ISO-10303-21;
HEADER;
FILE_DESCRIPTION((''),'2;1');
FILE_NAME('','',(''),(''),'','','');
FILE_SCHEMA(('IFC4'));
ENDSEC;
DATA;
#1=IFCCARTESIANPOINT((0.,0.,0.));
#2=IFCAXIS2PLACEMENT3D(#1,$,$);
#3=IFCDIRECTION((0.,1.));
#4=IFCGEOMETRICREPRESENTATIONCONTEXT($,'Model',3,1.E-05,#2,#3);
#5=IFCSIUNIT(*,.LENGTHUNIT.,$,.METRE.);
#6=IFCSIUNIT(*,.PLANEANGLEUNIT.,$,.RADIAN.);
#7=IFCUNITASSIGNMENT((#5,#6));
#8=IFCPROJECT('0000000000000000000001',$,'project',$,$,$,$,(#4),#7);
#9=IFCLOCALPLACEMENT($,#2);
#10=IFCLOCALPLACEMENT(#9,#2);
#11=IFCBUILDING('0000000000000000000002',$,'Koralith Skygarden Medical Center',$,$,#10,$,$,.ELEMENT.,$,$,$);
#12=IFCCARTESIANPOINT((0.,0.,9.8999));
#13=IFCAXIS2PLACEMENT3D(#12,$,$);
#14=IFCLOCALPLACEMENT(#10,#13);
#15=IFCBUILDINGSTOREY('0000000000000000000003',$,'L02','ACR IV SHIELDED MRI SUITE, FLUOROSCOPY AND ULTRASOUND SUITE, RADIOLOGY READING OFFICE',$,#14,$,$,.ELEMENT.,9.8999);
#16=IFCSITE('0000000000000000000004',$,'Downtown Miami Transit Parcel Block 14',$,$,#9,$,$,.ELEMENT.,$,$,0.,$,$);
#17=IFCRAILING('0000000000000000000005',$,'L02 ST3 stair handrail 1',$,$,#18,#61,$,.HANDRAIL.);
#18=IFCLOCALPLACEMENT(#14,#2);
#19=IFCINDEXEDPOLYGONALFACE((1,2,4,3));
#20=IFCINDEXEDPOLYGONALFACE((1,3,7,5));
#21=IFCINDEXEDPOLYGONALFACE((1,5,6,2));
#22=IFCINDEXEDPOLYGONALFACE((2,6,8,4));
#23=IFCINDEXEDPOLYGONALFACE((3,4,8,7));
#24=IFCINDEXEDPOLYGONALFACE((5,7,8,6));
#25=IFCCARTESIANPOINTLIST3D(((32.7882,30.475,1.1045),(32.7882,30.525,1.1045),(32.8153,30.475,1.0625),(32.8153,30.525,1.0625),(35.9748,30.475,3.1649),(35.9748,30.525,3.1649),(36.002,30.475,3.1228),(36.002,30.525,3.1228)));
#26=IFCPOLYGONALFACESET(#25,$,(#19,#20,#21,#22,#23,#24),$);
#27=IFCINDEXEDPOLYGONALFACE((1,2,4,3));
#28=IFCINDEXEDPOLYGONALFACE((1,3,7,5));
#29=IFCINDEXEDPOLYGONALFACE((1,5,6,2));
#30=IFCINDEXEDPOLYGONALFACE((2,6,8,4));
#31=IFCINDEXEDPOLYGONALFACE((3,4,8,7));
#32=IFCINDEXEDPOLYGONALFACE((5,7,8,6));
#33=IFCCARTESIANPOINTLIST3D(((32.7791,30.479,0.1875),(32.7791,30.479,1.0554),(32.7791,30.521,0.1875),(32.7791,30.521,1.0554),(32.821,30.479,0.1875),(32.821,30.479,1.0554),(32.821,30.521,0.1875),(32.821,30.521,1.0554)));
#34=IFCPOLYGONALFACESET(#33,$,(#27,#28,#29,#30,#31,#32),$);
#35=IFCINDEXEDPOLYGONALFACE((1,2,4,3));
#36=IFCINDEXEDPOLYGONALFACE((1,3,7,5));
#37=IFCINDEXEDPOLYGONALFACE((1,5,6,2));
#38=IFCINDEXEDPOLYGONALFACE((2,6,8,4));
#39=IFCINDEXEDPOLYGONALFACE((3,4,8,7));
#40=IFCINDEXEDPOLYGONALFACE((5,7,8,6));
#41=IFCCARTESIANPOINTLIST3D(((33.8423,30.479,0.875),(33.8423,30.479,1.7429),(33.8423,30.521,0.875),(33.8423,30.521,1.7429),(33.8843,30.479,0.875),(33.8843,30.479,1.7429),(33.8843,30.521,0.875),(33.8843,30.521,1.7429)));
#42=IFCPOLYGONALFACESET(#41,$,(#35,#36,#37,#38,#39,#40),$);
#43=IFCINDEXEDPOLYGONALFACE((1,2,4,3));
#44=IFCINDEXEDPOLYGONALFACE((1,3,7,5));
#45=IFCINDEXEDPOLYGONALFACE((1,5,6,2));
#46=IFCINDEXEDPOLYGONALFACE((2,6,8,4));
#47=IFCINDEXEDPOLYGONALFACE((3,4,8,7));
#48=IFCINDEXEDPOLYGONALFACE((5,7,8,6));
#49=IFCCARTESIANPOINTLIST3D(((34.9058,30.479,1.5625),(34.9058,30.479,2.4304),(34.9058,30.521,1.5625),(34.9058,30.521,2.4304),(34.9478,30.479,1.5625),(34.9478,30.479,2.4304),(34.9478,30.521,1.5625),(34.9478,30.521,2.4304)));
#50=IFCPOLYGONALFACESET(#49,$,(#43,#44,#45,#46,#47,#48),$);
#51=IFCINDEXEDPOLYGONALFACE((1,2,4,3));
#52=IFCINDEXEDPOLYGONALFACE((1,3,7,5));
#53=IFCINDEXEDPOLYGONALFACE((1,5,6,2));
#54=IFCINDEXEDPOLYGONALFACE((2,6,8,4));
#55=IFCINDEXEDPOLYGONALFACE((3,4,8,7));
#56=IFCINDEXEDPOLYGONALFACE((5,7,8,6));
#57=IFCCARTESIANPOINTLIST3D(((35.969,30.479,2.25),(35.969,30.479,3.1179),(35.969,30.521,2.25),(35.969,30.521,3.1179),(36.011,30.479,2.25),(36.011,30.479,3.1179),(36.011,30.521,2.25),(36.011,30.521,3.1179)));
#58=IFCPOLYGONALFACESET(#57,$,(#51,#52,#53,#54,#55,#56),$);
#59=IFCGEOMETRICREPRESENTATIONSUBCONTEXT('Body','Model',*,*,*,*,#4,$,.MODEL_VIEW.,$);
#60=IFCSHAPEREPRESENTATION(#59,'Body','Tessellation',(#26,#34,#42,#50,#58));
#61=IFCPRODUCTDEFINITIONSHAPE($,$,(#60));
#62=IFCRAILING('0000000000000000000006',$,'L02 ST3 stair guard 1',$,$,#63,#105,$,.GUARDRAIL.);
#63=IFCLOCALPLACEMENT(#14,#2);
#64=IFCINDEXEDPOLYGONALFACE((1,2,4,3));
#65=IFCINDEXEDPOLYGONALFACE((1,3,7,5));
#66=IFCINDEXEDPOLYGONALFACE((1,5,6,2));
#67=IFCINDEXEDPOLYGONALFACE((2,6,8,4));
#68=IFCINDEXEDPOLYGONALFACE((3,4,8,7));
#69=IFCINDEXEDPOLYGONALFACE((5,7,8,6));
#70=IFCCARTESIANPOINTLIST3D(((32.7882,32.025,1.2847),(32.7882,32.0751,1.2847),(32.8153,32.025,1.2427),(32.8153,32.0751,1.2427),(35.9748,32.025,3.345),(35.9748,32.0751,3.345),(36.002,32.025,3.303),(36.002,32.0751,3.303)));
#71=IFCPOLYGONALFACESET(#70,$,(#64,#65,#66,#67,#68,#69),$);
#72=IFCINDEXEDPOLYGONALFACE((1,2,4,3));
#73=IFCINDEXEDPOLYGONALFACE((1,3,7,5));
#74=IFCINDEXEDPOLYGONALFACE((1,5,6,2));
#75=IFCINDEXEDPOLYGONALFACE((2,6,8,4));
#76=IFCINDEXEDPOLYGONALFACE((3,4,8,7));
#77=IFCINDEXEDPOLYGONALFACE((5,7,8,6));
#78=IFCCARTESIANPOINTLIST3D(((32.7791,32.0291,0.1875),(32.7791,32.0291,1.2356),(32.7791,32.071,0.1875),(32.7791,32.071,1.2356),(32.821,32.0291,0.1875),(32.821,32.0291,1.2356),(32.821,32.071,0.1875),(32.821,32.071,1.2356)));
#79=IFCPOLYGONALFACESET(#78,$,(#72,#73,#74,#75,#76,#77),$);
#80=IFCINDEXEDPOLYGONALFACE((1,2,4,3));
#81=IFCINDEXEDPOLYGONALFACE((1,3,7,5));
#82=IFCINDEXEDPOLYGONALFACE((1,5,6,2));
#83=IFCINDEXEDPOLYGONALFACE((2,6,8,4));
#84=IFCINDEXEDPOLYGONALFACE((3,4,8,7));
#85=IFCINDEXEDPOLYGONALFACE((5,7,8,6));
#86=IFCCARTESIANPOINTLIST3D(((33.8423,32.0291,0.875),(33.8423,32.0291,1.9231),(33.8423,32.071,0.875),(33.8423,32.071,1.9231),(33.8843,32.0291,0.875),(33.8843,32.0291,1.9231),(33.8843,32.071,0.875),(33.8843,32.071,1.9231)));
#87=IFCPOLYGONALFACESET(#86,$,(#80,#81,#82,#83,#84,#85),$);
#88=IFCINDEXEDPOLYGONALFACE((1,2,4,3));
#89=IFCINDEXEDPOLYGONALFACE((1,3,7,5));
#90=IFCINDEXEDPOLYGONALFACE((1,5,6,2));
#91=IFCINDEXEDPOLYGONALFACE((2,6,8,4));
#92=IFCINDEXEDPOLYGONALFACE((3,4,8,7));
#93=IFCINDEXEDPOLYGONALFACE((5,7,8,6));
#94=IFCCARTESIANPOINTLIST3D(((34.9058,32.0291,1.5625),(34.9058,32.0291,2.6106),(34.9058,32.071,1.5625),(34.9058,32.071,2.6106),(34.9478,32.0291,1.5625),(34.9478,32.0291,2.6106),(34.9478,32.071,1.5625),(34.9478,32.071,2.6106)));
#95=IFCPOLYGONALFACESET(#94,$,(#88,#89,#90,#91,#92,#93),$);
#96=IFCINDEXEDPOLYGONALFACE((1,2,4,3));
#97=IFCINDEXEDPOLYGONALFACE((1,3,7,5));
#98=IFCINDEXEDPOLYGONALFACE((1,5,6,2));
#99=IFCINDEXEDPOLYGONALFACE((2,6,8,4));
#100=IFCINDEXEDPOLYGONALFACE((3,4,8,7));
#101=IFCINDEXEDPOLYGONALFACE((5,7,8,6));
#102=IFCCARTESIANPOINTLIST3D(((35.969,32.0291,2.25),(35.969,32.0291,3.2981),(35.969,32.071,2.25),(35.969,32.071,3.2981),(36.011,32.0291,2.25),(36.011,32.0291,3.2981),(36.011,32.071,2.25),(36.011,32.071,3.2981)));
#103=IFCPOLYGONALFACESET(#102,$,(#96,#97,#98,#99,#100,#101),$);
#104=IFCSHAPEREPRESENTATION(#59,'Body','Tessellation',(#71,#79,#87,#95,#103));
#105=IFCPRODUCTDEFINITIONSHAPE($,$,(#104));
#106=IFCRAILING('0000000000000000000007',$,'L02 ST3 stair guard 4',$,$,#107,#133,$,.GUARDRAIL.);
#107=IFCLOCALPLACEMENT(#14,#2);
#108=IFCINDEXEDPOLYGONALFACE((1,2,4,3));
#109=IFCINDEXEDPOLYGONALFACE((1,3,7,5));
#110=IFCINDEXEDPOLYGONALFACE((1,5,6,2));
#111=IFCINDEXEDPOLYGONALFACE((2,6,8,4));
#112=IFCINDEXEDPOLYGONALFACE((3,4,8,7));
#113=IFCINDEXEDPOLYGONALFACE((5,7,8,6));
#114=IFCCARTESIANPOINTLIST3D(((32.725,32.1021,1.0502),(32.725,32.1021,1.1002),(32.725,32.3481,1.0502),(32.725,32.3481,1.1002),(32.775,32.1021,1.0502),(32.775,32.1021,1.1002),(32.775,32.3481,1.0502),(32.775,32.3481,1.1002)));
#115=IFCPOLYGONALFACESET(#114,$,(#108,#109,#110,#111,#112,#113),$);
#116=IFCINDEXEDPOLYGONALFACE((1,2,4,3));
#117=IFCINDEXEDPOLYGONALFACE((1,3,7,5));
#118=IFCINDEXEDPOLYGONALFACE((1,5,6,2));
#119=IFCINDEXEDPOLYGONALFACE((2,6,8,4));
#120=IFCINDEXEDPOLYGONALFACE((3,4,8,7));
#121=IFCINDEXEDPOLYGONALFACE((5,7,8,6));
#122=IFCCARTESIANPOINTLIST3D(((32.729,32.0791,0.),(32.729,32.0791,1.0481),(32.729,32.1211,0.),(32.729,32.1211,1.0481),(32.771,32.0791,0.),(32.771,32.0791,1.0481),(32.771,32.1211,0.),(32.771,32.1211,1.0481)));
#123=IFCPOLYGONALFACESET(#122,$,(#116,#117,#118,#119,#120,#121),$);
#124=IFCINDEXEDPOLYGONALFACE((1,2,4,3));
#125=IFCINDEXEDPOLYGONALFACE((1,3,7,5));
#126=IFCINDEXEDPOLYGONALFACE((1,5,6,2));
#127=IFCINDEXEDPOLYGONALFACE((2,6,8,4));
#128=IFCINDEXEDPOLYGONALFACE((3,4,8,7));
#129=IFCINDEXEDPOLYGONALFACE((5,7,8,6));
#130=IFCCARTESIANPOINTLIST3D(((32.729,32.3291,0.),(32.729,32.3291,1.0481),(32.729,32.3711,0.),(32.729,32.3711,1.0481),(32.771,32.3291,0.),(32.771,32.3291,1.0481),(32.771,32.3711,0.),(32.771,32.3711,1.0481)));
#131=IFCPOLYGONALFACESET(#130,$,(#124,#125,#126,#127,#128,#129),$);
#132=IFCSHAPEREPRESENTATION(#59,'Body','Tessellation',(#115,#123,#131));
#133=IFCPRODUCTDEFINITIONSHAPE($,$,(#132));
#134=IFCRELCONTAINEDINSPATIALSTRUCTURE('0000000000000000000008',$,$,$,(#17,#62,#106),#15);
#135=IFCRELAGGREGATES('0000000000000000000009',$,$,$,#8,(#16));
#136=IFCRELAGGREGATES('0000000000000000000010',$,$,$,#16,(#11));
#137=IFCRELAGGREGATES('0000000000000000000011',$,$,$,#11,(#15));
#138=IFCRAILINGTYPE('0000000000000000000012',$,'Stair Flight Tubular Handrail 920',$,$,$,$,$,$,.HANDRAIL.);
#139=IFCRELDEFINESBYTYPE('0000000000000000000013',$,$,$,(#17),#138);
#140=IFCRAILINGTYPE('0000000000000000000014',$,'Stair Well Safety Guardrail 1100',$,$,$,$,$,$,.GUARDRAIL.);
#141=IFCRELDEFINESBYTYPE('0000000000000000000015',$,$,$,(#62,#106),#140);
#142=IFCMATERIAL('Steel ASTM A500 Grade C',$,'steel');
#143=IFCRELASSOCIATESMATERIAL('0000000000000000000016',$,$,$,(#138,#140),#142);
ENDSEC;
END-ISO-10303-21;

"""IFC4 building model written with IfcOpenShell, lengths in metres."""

from ifc_helpers import new_model, si_unit, direction, frame, origin, origin_2d, place, context, subcontext, project, spatial, rectangle, extrude, material, type_object, element, save


model = new_model("IFC4")

# Units and contexts
model_context = context("Model", 3, precision=1e-05, world=origin(), true_north=direction((0.0, 1.0)))
body_context = subcontext(model_context, "Body", "Model", "MODEL_VIEW")
ifc_project = project(units=[si_unit("LENGTHUNIT", "METRE"), si_unit("PLANEANGLEUNIT", "RADIAN")], contexts=[model_context])

# Site, building, storey
site_placement = place(None, origin())
site = spatial("IfcSite", under=ifc_project, at=site_placement, Name="Downtown Miami Transit Parcel Block 14", CompositionType="ELEMENT", RefElevation=0.0)
building_placement = place(site_placement, origin())
building = spatial("IfcBuilding", under=site, at=building_placement, Name="Koralith Skygarden Medical Center", CompositionType="ELEMENT")
storey_placement = place(building_placement, frame((0.0, 0.0, 9.8999)))
storey = spatial("IfcBuildingStorey", under=building, at=storey_placement, Name="L02", Description="ACR IV SHIELDED MRI SUITE, FLUOROSCOPY AND ULTRASOUND SUITE, RADIOLOGY READING OFFICE", CompositionType="ELEMENT", Elevation=9.8999)

# Railings
ifc_material_1 = material(Name="Steel ASTM A500 Grade C", Category="steel")
railing_type_1 = type_object("IfcRailingType", Name="Stair Flight Tubular Handrail 920", PredefinedType="HANDRAIL", material=ifc_material_1)
railing_1_placement = place(storey_placement, frame((32.8, 30.5, 0.1875)))
element("IfcRailing", 1, at=railing_1_placement, inside=storey, type_object=railing_type_1, Name="L02 ST3 stair handrail 1", PredefinedType="HANDRAIL", context=body_context, shape_type="SweptSolid", body=[
    extrude(rectangle(XDim=0.05, YDim=0.05, at=origin_2d()), frame((0.0017, 0.0, 0.896), z_axis=(0.83976, 0.0, 0.542958), x_axis=(0.0, 1.0, 0.0)), (0.0, 0.0, 1.0), 3.7947),
    extrude(rectangle(XDim=0.042, YDim=0.042, at=origin_2d()), origin(), (0.0, 0.0, 1.0), 0.8679),
    extrude(rectangle(XDim=0.042, YDim=0.042, at=origin_2d()), frame((1.0632, 0.0, 0.6875)), (0.0, 0.0, 1.0), 0.8679),
    extrude(rectangle(XDim=0.042, YDim=0.042, at=origin_2d()), frame((2.1267, 0.0, 1.375)), (0.0, 0.0, 1.0), 0.8679),
    extrude(rectangle(XDim=0.042, YDim=0.042, at=origin_2d()), frame((3.1899, 0.0, 2.0625)), (0.0, 0.0, 1.0), 0.8679),
])
railing_type_2 = type_object("IfcRailingType", Name="Stair Well Safety Guardrail 1100", PredefinedType="GUARDRAIL", material=ifc_material_1)
railing_2_placement = place(storey_placement, frame((32.8, 32.05, 0.1875)))
element("IfcRailing", 2, at=railing_2_placement, inside=storey, type_object=railing_type_2, Name="L02 ST3 stair guard 1", PredefinedType="GUARDRAIL", context=body_context, shape_type="SweptSolid", body=[
    extrude(rectangle(XDim=0.05, YDim=0.05, at=origin_2d()), frame((0.0017, 0.0, 1.0762), z_axis=(0.83976, 0.0, 0.542958), x_axis=(0.0, 1.0, 0.0)), (0.0, 0.0, 1.0), 3.7947),
    extrude(rectangle(XDim=0.042, YDim=0.042, at=origin_2d()), origin(), (0.0, 0.0, 1.0), 1.0481),
    extrude(rectangle(XDim=0.042, YDim=0.042, at=origin_2d()), frame((1.0632, 0.0, 0.6875)), (0.0, 0.0, 1.0), 1.0481),
    extrude(rectangle(XDim=0.042, YDim=0.042, at=origin_2d()), frame((2.1267, 0.0, 1.375)), (0.0, 0.0, 1.0), 1.0481),
    extrude(rectangle(XDim=0.042, YDim=0.042, at=origin_2d()), frame((3.1899, 0.0, 2.0625)), (0.0, 0.0, 1.0), 1.0481),
])
railing_3_placement = place(storey_placement, frame((32.75, 32.1001, 0.0)))
element("IfcRailing", 3, at=railing_3_placement, inside=storey, type_object=railing_type_2, Name="L02 ST3 stair guard 4", PredefinedType="GUARDRAIL", context=body_context, shape_type="SweptSolid", body=[
    extrude(rectangle(XDim=0.05, YDim=0.05, at=origin_2d()), frame((0.0, 0.002, 1.0752), z_axis=(0.0, 1.0, 0.0), x_axis=(-1.0, 0.0, 0.0)), (0.0, 0.0, 1.0), 0.2461),
    extrude(rectangle(XDim=0.042, YDim=0.042, at=origin_2d()), origin(), (0.0, 0.0, 1.0), 1.0481),
    extrude(rectangle(XDim=0.042, YDim=0.042, at=origin_2d()), frame((0.0, 0.25, 0.0)), (0.0, 0.0, 1.0), 1.0481),
])

save(model, "model.ifc")
